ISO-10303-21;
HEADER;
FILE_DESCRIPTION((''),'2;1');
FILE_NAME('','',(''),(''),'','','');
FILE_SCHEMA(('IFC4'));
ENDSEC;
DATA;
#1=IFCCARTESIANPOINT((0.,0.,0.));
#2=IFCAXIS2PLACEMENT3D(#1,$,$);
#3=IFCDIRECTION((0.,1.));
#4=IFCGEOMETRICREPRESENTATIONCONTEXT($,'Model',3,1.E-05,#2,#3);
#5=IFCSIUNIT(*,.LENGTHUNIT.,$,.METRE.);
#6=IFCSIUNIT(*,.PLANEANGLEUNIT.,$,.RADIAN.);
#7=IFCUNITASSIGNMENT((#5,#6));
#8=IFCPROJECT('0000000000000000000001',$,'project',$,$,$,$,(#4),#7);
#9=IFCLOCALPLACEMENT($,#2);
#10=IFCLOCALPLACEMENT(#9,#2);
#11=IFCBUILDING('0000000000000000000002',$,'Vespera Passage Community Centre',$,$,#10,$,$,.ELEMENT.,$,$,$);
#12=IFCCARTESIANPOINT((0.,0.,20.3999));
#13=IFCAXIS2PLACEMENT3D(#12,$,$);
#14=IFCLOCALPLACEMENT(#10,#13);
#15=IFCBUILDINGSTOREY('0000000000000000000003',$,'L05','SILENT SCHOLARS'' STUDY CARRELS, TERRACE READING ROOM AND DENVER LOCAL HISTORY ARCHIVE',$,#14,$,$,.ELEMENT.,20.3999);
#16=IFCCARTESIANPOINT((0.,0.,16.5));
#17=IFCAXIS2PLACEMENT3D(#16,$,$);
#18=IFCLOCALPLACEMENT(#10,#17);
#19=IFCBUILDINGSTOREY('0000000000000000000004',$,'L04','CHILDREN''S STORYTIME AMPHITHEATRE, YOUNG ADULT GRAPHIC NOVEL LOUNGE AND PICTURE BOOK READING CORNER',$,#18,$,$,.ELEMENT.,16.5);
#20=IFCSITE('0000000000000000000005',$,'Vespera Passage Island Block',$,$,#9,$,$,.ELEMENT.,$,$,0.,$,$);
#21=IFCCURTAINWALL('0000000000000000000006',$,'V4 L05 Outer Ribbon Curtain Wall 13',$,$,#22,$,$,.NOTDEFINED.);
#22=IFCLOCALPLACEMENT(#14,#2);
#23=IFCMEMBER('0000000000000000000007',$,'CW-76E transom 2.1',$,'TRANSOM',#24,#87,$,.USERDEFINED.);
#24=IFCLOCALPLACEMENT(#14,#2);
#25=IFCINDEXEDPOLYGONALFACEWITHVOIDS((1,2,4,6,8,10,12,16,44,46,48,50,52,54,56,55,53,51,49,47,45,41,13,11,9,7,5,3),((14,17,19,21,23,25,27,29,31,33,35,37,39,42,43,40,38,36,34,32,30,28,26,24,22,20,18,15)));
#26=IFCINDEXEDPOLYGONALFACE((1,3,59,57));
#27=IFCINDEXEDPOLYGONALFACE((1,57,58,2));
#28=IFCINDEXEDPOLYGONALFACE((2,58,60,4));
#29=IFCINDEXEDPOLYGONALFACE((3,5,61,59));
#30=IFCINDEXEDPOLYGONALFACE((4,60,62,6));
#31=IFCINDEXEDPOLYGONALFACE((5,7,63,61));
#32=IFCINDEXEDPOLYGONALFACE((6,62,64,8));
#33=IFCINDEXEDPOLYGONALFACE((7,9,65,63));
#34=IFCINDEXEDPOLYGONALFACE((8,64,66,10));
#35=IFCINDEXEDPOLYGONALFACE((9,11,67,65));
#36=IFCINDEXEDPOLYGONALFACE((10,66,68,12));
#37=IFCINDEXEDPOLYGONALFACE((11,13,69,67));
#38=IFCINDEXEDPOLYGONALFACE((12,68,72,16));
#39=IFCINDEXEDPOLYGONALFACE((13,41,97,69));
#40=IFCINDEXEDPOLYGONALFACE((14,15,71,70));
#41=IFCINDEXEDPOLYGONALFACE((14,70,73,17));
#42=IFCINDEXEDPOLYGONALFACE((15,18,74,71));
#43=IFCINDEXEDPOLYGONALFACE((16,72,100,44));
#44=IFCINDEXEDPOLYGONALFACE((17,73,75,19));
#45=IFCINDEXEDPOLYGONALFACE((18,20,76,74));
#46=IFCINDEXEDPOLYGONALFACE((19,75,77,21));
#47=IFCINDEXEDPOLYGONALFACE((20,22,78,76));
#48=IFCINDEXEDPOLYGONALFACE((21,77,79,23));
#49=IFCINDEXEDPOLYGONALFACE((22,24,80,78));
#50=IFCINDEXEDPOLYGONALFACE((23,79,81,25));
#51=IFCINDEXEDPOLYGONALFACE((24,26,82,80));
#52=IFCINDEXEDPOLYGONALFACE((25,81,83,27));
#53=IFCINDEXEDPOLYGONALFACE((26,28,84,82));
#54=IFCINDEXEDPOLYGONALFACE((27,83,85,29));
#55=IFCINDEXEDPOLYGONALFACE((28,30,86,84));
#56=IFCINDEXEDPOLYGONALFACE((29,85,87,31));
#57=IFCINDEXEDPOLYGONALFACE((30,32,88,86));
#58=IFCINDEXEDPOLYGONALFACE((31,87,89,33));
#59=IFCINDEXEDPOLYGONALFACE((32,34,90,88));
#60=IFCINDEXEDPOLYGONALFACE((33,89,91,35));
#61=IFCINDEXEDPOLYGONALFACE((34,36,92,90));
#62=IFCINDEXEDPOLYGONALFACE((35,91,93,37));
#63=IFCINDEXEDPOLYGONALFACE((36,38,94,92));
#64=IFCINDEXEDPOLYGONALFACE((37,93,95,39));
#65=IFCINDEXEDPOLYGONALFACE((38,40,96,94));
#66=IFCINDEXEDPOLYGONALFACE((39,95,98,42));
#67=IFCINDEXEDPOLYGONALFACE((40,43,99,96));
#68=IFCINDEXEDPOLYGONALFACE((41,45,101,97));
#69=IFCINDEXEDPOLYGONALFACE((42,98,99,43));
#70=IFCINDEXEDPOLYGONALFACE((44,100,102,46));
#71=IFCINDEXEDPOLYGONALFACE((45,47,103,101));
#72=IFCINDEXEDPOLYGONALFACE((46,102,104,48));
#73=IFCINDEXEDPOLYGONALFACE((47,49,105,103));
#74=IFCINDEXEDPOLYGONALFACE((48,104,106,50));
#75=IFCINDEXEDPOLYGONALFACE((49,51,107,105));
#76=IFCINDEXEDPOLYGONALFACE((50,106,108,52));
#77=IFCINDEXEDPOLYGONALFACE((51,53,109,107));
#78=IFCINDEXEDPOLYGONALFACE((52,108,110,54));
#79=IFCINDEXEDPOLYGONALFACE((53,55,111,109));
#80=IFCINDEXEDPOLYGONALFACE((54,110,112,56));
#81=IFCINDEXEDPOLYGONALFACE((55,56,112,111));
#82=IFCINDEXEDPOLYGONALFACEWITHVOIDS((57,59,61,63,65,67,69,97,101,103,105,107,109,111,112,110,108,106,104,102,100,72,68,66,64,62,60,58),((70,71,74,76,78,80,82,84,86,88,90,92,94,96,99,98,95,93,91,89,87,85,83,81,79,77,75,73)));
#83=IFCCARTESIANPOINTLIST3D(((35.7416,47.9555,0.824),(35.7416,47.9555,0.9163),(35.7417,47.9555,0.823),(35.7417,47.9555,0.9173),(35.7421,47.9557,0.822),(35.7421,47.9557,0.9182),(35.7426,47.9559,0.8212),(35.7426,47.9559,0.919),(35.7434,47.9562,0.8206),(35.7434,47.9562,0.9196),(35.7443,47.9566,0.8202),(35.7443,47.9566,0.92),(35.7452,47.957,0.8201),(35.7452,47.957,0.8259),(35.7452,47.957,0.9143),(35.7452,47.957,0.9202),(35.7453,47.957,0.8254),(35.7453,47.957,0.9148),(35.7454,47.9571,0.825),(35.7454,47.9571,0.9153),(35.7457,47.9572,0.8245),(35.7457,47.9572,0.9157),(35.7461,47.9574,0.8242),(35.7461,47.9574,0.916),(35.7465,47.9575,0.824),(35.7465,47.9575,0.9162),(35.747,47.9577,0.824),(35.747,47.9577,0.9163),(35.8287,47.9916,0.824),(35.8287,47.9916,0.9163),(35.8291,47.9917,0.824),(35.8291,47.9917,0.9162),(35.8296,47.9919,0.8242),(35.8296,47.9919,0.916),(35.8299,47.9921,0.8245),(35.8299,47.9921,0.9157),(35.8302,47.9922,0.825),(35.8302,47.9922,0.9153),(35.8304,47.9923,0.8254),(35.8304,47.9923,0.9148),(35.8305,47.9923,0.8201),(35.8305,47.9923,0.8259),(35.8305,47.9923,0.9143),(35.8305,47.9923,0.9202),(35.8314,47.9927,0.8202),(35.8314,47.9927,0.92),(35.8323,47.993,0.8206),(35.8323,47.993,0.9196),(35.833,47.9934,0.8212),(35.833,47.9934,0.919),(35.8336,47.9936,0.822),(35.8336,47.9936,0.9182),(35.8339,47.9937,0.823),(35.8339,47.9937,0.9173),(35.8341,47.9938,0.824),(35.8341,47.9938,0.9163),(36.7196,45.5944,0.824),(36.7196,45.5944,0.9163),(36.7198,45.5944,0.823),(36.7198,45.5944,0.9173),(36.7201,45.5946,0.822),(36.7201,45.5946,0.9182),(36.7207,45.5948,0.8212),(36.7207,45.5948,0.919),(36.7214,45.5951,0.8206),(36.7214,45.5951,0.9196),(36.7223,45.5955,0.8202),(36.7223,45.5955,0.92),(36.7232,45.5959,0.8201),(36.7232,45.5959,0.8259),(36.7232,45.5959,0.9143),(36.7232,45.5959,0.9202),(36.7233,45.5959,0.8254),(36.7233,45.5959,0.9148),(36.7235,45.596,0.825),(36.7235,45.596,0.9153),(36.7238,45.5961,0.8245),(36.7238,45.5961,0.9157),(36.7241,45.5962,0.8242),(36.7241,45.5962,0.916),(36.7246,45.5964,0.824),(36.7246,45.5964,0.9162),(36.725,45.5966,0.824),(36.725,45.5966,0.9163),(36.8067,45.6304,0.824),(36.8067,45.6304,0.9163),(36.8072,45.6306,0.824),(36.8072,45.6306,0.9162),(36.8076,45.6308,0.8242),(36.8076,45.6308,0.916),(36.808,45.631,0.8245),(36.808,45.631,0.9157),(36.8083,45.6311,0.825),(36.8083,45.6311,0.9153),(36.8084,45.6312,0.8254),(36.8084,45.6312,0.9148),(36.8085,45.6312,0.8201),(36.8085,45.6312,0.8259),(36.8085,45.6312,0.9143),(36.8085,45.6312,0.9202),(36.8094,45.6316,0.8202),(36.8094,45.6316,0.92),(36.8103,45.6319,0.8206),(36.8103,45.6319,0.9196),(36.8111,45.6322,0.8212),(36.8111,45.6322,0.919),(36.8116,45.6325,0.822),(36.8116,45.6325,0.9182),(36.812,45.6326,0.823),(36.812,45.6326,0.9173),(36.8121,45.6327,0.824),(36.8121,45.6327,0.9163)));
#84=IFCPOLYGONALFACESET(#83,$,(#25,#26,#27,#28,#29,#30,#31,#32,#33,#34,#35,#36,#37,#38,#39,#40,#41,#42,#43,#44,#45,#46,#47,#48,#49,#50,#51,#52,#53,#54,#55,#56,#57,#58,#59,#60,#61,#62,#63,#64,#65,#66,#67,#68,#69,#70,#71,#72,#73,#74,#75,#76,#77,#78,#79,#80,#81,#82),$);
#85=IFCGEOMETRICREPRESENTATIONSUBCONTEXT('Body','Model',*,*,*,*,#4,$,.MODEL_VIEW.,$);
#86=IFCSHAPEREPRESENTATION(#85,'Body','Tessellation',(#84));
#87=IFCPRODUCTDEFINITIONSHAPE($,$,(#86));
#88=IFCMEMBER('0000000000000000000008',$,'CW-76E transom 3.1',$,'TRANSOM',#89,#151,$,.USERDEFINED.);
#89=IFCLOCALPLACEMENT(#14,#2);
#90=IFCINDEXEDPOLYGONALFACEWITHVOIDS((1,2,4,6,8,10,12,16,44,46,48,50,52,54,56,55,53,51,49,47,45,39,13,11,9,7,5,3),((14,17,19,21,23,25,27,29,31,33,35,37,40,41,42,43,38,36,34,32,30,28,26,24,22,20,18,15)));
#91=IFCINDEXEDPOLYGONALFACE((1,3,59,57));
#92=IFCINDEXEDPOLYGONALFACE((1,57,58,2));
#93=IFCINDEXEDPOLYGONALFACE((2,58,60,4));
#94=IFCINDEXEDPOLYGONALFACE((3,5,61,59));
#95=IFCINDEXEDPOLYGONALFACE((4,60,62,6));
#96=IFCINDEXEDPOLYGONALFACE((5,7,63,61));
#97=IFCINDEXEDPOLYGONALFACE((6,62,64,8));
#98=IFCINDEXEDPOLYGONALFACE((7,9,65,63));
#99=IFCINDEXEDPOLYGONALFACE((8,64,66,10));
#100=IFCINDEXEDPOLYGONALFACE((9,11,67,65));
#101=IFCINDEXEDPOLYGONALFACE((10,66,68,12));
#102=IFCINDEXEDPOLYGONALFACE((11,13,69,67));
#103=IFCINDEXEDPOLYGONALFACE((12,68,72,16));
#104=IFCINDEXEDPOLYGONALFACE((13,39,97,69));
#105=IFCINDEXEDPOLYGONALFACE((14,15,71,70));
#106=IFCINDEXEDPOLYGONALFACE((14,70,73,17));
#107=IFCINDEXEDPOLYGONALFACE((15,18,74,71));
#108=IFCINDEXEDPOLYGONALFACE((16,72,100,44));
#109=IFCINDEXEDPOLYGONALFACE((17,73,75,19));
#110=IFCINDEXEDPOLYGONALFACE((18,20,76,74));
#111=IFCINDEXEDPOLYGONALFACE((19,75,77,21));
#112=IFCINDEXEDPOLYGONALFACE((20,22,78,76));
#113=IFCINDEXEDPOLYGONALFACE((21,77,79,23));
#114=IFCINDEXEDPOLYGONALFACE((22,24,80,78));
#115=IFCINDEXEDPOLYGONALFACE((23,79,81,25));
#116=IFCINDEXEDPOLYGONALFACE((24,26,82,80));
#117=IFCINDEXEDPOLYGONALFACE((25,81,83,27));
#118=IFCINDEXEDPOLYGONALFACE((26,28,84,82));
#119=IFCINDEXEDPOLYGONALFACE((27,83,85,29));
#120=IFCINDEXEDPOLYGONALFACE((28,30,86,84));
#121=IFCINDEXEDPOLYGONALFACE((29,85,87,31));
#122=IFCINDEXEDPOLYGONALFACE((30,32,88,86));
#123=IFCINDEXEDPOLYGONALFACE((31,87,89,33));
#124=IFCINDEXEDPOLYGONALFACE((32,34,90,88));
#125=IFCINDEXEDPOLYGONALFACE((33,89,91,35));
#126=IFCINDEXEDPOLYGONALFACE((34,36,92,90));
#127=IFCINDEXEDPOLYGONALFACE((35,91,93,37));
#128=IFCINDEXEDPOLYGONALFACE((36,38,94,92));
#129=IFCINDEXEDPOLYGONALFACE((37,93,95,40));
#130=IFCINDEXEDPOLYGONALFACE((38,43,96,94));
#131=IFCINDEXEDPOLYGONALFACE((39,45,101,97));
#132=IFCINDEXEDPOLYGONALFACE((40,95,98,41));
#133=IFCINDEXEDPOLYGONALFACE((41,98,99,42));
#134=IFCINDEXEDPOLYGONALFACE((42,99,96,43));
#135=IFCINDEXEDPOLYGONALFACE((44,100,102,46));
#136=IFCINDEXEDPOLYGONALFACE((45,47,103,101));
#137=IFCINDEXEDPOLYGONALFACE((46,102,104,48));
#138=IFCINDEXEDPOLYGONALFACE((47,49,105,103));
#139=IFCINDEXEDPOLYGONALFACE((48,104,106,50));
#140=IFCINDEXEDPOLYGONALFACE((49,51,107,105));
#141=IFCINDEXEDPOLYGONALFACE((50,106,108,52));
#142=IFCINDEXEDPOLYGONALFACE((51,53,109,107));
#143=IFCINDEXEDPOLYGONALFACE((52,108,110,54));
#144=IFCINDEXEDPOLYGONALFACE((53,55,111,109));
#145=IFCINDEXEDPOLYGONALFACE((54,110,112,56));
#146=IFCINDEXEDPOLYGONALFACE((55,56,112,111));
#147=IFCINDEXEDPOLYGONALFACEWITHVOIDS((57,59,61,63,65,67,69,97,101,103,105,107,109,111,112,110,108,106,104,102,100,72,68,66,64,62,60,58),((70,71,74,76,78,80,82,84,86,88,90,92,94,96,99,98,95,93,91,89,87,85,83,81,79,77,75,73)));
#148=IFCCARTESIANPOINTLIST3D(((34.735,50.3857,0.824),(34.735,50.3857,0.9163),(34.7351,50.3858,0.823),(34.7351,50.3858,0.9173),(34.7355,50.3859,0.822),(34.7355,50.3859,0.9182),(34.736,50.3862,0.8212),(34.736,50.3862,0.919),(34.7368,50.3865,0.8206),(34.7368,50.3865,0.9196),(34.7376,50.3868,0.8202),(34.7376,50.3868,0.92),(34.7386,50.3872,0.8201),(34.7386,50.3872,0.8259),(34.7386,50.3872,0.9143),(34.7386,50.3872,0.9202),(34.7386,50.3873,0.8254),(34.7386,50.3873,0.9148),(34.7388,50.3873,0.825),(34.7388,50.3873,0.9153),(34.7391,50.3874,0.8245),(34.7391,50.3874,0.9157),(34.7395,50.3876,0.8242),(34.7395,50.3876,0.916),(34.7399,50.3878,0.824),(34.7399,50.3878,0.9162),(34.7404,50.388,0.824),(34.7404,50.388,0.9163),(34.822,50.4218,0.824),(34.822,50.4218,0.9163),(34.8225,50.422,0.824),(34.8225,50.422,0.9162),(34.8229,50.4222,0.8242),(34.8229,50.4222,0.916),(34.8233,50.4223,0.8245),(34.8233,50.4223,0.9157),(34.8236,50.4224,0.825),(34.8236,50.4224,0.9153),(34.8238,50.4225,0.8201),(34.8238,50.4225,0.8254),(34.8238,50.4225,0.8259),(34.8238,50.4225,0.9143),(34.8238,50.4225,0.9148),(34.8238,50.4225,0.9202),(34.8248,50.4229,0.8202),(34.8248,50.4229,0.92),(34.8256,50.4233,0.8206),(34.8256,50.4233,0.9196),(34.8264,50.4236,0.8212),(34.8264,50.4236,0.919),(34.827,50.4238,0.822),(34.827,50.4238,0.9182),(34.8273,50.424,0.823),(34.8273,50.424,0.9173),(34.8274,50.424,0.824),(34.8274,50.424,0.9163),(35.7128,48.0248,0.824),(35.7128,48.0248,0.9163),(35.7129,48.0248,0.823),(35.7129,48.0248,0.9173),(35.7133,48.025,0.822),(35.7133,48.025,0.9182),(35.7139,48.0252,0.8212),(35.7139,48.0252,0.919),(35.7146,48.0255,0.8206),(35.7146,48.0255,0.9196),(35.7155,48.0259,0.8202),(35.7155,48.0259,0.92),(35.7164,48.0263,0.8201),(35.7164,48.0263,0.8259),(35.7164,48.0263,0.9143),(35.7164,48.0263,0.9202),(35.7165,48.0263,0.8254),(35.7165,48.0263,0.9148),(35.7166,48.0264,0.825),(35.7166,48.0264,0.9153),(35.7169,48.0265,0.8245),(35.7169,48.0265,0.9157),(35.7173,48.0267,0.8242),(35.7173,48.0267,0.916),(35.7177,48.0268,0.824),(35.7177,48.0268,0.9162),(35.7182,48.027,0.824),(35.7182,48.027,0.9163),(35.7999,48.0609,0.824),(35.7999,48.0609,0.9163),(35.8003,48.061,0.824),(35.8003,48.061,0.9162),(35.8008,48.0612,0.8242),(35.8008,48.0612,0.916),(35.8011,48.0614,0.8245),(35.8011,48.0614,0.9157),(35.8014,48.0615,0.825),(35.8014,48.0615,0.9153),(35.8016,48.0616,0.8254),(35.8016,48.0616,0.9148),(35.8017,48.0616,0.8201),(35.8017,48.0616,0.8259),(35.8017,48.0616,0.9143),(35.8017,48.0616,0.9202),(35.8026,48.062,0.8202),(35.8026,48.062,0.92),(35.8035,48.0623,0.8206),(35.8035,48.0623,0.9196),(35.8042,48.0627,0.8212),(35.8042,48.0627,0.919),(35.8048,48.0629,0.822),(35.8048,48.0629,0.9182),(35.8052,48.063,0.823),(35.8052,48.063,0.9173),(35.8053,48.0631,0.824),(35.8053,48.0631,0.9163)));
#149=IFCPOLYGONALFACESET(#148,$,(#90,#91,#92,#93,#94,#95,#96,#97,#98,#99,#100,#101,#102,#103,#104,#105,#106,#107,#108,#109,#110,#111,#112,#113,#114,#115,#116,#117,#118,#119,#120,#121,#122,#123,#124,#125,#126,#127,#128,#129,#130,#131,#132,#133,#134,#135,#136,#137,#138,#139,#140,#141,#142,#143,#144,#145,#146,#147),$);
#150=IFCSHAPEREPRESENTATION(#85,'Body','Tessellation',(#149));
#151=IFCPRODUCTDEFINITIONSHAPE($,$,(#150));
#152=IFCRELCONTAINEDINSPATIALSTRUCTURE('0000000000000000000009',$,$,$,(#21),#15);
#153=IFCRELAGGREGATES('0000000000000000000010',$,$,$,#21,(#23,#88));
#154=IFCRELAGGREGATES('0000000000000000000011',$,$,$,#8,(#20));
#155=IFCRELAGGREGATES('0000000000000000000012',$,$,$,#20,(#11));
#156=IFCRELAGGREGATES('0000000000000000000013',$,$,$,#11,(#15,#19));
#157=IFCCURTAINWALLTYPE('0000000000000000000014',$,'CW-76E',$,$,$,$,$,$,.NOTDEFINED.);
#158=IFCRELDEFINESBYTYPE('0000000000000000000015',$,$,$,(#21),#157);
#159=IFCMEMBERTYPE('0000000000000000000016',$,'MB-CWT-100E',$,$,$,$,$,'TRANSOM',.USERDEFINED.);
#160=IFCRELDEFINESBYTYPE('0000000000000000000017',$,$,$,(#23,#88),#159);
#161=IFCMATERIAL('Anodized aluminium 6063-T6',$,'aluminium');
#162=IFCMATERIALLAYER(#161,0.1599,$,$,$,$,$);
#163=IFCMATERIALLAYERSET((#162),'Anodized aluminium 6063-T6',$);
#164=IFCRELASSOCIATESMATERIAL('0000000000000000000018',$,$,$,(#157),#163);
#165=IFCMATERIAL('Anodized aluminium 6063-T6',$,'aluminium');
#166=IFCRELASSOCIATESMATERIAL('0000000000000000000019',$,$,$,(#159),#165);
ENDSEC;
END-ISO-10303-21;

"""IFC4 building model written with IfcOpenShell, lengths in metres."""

from ifc_helpers import new_model, si_unit, direction, frame, origin, origin_2d, place, context, subcontext, project, spatial, hollow_rectangle, extrude, material, layer, layer_set, material_profile, profile_set, type_object, element, aggregate, save


model = new_model("IFC4")

# Units and contexts
model_context = context("Model", 3, precision=1e-05, world=origin(), true_north=direction((0.0, 1.0)))
body_context = subcontext(model_context, "Body", "Model", "MODEL_VIEW")
ifc_project = project(units=[si_unit("LENGTHUNIT", "METRE"), si_unit("PLANEANGLEUNIT", "RADIAN")], contexts=[model_context])

# Site, building, storey
site_placement = place(None, origin())
site = spatial("IfcSite", under=ifc_project, at=site_placement, Name="Vespera Passage Island Block", CompositionType="ELEMENT", RefElevation=0.0)
building_placement = place(site_placement, origin())
building = spatial("IfcBuilding", under=site, at=building_placement, Name="Vespera Passage Community Centre", CompositionType="ELEMENT")
storey_1_placement = place(building_placement, frame((0.0, 0.0, 20.3999)))
storey_1 = spatial("IfcBuildingStorey", under=building, at=storey_1_placement, Name="L05", Description="SILENT SCHOLARS' STUDY CARRELS, TERRACE READING ROOM AND DENVER LOCAL HISTORY ARCHIVE", CompositionType="ELEMENT", Elevation=20.3999)

# Curtain wall, members
ifc_material_1 = material(Name="Anodized aluminium 6063-T6", Category="aluminium")
ifc_layer_1 = layer(ifc_material_1, 0.1599)
ifc_layer_set_1 = layer_set([ifc_layer_1], Name="Anodized aluminium 6063-T6")
curtain_wall_type = type_object("IfcCurtainWallType", Name="CW-76E", PredefinedType="NOTDEFINED", material=ifc_layer_set_1)
curtain_wall_placement = place(storey_1_placement, origin())
curtain_wall = element("IfcCurtainWall", 1, at=curtain_wall_placement, inside=storey_1, type_object=curtain_wall_type, Name="V4 L05 Outer Ribbon Curtain Wall 13", PredefinedType="NOTDEFINED")
ifc_material_2 = material(Name="Anodized aluminium 6063-T6", Category="aluminium")
ifc_material_profile_1 = material_profile(ifc_material_2, hollow_rectangle(XDim=0.1001, YDim=0.1001, WallThickness=0.0039, InnerFilletRadius=0.002, OuterFilletRadius=0.0039, at=origin_2d()), Name="ALU100X100X4")
ifc_profile_set_1 = profile_set([ifc_material_profile_1], Name="Anodized aluminium 6063-T6")
member_type_1 = type_object("IfcMemberType", Name="MB-CWT-100E", ElementType="TRANSOM", PredefinedType="USERDEFINED", material=ifc_profile_set_1)
member_1_placement = place(storey_1_placement, frame((36.7659, 45.6135, 0.8701), z_axis=(-0.382695, 0.923875, 0.0), x_axis=(-0.923875, -0.382695, 0.0)))
member_1 = element("IfcMember", 2, at=member_1_placement, type_object=member_type_1, Name="CW-76E transom 2.1", ObjectType="TRANSOM", PredefinedType="USERDEFINED", context=body_context, shape_type="SweptSolid", body=[
    extrude(hollow_rectangle(XDim=0.1001, YDim=0.1001, WallThickness=0.0039, InnerFilletRadius=0.002, OuterFilletRadius=0.0039, at=origin_2d()), origin(), (0.0, 0.0, 1.0), 2.5557),
])
member_2_placement = place(storey_1_placement, frame((35.759, 48.0439, 0.8701), z_axis=(-0.382647, 0.923895, 0.0), x_axis=(-0.923895, -0.382647, 0.0)))
member_2 = element("IfcMember", 3, at=member_2_placement, type_object=member_type_1, Name="CW-76E transom 3.1", ObjectType="TRANSOM", PredefinedType="USERDEFINED", context=body_context, shape_type="SweptSolid", body=[
    extrude(hollow_rectangle(XDim=0.1001, YDim=0.1001, WallThickness=0.0039, InnerFilletRadius=0.002, OuterFilletRadius=0.0039, at=origin_2d()), origin(), (0.0, 0.0, 1.0), 2.5554),
])
aggregate(curtain_wall, [member_1, member_2])

# Shared definitions
storey_2_placement = place(building_placement, frame((0.0, 0.0, 16.5)))
storey_2 = spatial("IfcBuildingStorey", under=building, at=storey_2_placement, Name="L04", Description="CHILDREN'S STORYTIME AMPHITHEATRE, YOUNG ADULT GRAPHIC NOVEL LOUNGE AND PICTURE BOOK READING CORNER", CompositionType="ELEMENT", Elevation=16.5)

save(model, "model.ifc")
